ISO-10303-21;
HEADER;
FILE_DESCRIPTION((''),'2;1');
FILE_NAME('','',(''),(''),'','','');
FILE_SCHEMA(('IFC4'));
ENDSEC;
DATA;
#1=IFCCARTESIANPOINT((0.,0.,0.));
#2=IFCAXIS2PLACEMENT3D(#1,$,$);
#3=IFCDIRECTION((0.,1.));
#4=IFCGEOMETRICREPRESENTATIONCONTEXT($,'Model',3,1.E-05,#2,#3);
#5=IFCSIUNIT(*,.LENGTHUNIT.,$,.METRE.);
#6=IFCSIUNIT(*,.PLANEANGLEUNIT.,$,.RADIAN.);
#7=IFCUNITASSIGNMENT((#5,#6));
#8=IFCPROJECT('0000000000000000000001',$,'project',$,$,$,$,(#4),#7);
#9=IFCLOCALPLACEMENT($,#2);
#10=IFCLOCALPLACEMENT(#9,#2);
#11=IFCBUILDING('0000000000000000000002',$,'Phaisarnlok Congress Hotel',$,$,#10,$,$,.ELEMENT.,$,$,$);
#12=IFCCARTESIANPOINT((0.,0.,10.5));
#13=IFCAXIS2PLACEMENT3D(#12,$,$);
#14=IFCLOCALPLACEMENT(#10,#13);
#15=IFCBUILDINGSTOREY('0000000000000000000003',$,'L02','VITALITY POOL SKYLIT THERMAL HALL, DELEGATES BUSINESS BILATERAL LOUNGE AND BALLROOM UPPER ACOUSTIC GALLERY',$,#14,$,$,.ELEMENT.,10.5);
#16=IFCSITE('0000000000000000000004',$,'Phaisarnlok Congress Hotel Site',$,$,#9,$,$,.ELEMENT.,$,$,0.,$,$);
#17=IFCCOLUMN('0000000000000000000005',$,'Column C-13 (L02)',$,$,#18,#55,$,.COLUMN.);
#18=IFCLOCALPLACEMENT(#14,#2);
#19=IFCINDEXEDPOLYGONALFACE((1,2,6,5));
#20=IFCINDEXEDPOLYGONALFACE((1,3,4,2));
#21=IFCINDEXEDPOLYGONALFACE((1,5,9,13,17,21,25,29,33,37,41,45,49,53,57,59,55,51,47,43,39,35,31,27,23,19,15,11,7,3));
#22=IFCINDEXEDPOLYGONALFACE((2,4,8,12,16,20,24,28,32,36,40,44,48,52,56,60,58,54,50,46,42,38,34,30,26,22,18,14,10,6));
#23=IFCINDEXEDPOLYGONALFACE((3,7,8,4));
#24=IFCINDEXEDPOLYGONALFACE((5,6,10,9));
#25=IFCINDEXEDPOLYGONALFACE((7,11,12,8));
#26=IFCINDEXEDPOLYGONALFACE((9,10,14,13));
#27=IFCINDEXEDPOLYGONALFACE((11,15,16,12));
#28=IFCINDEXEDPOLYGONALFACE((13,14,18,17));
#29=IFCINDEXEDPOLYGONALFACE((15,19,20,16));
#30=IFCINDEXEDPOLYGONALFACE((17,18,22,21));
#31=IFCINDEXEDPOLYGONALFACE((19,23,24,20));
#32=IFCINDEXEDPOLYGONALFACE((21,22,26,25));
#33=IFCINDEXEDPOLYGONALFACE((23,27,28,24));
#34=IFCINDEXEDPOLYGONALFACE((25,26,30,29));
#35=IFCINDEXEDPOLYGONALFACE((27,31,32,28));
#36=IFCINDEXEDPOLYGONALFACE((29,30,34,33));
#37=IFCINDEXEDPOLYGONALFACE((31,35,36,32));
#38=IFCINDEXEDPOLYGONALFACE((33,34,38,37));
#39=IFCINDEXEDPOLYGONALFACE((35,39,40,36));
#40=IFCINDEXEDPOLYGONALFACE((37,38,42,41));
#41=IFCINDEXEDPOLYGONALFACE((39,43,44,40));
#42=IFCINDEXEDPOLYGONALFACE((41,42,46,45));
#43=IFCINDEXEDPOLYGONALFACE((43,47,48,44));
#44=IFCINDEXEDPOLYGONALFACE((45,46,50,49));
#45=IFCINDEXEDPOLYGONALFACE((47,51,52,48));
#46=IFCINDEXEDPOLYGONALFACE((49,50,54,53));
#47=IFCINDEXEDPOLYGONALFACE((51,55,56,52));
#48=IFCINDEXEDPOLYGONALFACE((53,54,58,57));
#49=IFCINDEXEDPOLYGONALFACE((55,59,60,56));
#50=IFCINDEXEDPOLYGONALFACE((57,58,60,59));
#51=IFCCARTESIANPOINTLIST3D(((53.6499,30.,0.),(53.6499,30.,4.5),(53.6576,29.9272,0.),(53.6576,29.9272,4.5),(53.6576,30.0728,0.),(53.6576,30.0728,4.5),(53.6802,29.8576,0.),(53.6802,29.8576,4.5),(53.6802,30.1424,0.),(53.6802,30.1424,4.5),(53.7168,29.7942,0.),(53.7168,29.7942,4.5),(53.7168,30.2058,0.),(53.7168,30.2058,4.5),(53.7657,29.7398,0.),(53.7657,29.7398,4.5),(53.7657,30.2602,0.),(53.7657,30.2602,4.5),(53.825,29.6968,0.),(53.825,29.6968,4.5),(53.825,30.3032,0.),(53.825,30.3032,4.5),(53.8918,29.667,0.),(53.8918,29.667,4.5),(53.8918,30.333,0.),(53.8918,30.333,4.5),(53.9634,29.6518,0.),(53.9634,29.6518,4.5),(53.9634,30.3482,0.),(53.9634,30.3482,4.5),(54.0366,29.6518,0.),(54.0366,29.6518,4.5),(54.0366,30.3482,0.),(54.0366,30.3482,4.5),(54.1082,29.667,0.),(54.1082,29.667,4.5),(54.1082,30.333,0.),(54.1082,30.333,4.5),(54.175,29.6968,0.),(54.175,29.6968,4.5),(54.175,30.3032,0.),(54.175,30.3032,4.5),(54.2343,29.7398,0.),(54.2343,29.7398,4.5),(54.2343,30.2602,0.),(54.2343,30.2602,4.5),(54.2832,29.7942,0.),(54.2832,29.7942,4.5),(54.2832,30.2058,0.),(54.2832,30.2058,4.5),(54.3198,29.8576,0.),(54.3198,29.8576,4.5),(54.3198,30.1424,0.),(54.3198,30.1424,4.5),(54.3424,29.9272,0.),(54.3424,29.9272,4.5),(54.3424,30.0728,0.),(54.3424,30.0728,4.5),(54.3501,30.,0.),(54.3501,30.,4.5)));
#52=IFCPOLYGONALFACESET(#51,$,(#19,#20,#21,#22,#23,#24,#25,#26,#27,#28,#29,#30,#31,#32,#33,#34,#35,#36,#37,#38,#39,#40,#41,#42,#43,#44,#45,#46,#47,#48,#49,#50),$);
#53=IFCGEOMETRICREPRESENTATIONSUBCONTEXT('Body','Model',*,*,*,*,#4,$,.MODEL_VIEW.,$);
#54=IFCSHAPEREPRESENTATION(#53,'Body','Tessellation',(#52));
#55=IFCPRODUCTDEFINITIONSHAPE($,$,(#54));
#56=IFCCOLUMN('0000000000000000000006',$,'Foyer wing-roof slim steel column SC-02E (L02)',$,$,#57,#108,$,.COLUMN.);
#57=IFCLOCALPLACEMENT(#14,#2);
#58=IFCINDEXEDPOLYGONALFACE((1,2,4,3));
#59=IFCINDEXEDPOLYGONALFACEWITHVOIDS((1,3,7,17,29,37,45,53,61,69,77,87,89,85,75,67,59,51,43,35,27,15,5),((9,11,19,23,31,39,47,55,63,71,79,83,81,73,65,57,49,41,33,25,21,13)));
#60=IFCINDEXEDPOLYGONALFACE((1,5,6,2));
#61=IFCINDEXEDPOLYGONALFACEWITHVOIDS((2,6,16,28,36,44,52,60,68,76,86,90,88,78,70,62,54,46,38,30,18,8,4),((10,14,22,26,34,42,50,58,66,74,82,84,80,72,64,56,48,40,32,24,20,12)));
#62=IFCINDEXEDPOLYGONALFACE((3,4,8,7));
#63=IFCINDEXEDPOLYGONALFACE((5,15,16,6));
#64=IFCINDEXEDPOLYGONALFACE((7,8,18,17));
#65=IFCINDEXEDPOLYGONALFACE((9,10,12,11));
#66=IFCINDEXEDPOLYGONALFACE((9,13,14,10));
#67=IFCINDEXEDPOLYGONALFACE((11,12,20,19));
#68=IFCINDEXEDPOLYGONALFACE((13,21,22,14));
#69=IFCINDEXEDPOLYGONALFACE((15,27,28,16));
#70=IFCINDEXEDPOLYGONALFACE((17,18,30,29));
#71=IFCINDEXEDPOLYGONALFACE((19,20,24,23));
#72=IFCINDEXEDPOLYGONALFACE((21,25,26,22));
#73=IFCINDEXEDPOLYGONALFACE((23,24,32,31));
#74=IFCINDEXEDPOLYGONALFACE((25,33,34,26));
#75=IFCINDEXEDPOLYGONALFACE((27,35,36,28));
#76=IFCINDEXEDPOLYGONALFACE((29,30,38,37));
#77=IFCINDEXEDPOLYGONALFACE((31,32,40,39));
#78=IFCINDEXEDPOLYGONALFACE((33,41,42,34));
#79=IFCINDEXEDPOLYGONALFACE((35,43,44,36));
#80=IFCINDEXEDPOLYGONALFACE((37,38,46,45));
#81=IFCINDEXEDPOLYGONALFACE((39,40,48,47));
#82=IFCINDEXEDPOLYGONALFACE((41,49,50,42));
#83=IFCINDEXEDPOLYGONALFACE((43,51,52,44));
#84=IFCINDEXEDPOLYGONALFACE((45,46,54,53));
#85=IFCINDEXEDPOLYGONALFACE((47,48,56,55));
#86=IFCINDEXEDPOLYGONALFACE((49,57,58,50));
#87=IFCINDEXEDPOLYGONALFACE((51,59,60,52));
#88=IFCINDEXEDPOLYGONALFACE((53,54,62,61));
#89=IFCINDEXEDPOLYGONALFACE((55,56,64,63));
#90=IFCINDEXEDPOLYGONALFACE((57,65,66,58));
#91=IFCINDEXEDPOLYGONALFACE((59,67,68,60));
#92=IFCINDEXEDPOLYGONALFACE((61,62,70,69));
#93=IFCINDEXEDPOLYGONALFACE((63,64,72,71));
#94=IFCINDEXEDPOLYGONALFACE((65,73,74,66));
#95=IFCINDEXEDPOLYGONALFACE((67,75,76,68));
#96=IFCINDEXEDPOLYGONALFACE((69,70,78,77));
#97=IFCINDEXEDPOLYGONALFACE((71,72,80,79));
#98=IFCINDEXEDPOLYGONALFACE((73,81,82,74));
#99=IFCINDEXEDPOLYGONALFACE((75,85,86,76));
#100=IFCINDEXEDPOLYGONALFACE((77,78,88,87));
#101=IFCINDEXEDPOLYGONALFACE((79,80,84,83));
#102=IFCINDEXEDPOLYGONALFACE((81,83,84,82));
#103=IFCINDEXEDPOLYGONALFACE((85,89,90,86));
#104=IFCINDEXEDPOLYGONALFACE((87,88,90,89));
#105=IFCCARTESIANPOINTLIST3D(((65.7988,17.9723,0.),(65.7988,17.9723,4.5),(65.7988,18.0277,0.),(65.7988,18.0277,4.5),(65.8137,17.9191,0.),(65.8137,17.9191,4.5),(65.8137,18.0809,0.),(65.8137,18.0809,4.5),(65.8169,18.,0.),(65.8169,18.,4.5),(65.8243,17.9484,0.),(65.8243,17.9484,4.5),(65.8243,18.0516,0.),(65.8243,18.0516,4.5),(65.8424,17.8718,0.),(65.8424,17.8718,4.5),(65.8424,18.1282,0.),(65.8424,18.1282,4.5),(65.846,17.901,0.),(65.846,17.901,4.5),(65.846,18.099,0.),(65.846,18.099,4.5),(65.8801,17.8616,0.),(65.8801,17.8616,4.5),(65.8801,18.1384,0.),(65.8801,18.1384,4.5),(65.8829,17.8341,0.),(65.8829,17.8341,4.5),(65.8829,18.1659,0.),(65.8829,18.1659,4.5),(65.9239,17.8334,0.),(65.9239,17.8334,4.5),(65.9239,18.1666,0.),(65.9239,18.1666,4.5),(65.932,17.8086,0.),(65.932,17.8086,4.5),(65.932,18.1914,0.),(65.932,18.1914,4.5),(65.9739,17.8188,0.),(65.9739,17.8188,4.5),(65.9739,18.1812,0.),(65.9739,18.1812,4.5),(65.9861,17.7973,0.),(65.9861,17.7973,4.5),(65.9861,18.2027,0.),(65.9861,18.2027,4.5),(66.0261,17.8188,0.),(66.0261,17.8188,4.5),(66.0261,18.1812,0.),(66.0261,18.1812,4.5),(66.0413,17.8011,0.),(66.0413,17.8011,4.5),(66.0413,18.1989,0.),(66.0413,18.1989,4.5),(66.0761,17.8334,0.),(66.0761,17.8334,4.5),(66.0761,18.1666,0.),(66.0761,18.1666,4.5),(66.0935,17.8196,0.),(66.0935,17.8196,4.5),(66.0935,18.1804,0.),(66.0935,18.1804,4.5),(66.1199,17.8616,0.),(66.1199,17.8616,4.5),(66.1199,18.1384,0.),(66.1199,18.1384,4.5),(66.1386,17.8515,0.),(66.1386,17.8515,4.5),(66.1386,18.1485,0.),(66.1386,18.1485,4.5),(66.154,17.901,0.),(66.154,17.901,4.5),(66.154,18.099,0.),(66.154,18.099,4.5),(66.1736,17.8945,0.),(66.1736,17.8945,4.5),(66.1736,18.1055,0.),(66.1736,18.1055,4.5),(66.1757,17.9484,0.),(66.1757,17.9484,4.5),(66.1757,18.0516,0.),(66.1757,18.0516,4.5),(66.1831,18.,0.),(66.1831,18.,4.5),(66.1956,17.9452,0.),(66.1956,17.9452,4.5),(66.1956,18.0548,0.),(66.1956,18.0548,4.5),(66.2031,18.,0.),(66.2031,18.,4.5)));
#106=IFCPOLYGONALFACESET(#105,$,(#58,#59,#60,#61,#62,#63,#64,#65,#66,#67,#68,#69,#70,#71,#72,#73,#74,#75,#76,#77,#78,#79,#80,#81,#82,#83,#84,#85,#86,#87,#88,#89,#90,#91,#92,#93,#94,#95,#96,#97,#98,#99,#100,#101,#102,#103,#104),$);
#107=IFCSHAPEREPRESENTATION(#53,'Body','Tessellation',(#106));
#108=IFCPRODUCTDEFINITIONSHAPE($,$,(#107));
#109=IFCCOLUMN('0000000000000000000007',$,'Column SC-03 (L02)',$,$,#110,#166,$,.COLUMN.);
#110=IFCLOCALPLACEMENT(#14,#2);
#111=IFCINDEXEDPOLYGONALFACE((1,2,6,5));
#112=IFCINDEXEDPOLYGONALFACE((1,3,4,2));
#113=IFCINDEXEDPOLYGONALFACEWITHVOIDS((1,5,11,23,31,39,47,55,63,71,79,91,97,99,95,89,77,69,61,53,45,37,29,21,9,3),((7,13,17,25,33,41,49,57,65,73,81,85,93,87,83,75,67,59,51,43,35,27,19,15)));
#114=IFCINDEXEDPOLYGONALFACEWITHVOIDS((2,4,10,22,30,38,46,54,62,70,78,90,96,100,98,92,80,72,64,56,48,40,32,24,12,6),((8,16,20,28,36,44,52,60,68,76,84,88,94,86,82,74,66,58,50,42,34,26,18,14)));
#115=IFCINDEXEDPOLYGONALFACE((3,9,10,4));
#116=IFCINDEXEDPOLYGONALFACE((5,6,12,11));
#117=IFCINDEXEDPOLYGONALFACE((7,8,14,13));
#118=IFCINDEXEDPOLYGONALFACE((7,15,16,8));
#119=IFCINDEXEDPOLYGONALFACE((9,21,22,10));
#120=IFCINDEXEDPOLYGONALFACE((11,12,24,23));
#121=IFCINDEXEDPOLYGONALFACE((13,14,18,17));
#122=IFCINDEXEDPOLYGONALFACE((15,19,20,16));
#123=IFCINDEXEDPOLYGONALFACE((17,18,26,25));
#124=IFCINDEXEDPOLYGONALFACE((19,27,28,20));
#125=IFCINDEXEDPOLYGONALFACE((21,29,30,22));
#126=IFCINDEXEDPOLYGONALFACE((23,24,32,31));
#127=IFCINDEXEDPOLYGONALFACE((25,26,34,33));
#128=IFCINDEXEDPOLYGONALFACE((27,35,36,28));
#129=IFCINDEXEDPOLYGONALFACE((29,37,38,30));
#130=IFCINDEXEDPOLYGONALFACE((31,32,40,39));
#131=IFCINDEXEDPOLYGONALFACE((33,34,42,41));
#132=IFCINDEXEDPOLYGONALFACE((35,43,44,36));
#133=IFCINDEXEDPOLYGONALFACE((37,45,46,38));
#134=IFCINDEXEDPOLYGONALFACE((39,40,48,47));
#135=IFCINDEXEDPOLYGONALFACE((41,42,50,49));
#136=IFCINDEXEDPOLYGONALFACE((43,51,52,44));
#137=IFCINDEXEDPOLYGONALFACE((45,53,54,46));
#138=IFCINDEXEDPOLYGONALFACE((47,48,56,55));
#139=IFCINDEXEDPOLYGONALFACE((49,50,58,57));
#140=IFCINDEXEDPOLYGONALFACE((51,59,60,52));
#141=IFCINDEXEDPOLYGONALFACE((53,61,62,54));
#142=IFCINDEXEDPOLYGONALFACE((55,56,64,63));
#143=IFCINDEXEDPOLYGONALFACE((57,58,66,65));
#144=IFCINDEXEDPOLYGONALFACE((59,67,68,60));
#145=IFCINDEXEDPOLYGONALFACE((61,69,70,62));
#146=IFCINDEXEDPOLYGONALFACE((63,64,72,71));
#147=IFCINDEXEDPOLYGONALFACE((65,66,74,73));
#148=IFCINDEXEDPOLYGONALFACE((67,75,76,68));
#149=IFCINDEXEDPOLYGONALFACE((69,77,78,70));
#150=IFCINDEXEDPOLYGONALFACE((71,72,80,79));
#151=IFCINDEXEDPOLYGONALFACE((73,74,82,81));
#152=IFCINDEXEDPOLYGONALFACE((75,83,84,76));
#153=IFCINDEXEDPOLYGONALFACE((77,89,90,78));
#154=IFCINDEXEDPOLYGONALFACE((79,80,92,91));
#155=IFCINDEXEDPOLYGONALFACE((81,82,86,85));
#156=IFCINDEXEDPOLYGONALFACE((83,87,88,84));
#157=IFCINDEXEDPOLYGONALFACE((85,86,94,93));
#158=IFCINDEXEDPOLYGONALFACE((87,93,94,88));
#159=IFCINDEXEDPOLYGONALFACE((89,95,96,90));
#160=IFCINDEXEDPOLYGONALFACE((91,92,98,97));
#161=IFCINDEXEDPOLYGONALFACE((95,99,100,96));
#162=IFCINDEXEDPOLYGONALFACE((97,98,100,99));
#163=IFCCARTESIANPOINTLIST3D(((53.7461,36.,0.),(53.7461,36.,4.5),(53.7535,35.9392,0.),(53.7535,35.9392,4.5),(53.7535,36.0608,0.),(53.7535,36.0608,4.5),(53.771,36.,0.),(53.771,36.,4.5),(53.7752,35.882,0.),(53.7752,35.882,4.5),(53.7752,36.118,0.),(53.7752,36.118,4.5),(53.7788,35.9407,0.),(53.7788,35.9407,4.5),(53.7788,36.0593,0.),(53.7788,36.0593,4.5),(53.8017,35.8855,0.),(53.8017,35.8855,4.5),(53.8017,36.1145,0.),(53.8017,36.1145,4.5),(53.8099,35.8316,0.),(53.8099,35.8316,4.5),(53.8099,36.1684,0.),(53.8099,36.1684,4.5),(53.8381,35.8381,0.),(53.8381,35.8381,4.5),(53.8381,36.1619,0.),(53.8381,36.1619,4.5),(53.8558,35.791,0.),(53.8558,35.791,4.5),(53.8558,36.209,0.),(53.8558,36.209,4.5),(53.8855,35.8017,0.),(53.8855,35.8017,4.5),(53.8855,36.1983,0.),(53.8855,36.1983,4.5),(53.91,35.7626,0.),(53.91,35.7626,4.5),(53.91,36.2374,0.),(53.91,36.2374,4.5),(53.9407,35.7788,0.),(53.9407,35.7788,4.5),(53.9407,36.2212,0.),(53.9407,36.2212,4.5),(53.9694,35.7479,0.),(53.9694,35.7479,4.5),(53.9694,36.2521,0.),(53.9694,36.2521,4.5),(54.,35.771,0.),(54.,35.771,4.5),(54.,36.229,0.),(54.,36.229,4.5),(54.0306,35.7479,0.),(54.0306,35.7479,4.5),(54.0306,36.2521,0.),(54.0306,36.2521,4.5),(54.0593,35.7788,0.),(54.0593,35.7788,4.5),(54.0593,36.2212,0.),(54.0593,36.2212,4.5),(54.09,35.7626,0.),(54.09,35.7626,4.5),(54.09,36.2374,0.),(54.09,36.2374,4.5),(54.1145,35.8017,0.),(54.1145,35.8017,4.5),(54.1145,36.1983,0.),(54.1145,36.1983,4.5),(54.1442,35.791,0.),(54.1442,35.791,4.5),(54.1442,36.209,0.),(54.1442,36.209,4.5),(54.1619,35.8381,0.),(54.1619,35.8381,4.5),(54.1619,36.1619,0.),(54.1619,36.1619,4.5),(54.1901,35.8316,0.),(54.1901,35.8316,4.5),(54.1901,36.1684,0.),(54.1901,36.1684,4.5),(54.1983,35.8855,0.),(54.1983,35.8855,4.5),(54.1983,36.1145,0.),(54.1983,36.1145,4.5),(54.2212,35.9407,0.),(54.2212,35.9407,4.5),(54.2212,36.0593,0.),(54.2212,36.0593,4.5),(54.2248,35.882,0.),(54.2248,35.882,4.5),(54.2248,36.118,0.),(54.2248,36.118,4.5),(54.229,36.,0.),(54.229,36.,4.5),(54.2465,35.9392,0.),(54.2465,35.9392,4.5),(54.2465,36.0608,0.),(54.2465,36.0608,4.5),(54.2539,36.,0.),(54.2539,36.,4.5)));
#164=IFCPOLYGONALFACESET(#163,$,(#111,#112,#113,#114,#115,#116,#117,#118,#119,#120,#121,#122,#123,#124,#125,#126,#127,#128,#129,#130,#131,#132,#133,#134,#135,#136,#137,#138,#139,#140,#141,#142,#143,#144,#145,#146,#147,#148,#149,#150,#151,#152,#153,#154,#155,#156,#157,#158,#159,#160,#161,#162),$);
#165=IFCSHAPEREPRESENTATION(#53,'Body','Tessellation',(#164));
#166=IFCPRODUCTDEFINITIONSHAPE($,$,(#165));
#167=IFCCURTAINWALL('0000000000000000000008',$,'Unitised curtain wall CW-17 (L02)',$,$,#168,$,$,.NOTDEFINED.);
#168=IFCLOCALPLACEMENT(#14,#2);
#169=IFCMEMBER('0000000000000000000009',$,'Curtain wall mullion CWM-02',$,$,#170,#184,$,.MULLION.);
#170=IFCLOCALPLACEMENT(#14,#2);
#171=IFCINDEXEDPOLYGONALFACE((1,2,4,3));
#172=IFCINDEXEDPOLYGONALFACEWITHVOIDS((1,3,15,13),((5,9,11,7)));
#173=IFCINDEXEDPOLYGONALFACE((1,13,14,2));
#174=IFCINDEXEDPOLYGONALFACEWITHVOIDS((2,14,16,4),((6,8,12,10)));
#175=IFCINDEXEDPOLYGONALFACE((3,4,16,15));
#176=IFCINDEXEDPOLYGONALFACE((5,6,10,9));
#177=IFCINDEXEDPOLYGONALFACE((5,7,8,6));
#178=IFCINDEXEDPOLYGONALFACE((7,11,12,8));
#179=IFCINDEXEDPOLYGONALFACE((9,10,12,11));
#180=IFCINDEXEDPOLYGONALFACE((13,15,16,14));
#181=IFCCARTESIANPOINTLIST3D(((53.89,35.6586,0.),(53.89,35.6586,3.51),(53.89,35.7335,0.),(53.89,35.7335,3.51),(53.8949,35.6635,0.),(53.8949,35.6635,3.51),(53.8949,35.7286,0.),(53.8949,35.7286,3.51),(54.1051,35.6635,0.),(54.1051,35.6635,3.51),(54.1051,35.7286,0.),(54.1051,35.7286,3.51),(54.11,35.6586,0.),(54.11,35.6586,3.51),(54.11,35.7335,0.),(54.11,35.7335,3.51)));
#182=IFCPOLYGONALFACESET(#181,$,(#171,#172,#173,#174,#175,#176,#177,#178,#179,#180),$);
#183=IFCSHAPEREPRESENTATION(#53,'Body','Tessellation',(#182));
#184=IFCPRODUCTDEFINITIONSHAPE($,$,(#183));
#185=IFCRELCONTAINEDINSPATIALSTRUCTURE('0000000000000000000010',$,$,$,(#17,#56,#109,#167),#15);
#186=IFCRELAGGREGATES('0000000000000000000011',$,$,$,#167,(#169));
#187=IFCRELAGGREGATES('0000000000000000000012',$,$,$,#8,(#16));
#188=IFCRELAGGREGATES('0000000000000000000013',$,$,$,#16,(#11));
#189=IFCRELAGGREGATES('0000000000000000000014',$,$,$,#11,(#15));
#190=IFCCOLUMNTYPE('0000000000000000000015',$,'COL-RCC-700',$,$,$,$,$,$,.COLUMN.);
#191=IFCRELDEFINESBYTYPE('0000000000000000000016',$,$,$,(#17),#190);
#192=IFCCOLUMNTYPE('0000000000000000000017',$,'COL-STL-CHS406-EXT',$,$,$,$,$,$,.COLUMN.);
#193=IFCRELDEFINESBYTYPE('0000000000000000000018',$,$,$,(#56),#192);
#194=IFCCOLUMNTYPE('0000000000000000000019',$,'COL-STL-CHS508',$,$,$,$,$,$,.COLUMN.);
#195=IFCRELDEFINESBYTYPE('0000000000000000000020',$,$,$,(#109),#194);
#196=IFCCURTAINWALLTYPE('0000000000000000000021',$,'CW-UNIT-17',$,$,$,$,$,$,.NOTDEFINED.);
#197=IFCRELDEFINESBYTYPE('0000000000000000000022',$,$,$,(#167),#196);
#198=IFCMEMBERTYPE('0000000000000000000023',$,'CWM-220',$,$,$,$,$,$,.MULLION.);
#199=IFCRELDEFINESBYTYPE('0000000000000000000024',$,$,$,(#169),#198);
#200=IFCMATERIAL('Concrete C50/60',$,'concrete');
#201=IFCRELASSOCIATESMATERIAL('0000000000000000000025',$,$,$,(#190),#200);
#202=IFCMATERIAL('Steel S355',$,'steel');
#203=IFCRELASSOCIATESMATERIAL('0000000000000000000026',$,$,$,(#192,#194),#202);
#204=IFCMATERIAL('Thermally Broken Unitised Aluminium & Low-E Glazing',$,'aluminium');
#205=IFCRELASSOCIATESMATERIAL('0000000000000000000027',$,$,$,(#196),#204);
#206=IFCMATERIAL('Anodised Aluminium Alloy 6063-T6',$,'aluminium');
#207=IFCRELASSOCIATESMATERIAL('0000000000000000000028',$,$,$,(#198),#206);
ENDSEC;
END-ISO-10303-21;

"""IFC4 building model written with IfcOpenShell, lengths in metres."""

from ifc_helpers import new_model, si_unit, direction, frame, origin, origin_2d, place, context, subcontext, project, spatial, hollow_rectangle, circle, hollow_circle, extrude, material, material_profile, profile_set, type_object, element, aggregate, save


model = new_model("IFC4")

# Units and contexts
model_context = context("Model", 3, precision=1e-05, world=origin(), true_north=direction((0.0, 1.0)))
body_context = subcontext(model_context, "Body", "Model", "MODEL_VIEW")
ifc_project = project(units=[si_unit("LENGTHUNIT", "METRE"), si_unit("PLANEANGLEUNIT", "RADIAN")], contexts=[model_context])

# Site, building, storey
site_placement = place(None, origin())
site = spatial("IfcSite", under=ifc_project, at=site_placement, Name="Phaisarnlok Congress Hotel Site", CompositionType="ELEMENT", RefElevation=0.0)
building_placement = place(site_placement, origin())
building = spatial("IfcBuilding", under=site, at=building_placement, Name="Phaisarnlok Congress Hotel", CompositionType="ELEMENT")
storey_placement = place(building_placement, frame((0.0, 0.0, 10.5)))
storey = spatial("IfcBuildingStorey", under=building, at=storey_placement, Name="L02", Description="VITALITY POOL SKYLIT THERMAL HALL, DELEGATES BUSINESS BILATERAL LOUNGE AND BALLROOM UPPER ACOUSTIC GALLERY", CompositionType="ELEMENT", Elevation=10.5)

# Columns
ifc_material_1 = material(Name="Concrete C50/60", Category="concrete")
ifc_material_profile_1 = material_profile(ifc_material_1, circle(Radius=0.3501, at=origin_2d()), Name="RCC D700")
ifc_profile_set_1 = profile_set([ifc_material_profile_1], Name="Concrete C50/60")
column_type_1 = type_object("IfcColumnType", Name="COL-RCC-700", PredefinedType="COLUMN", material=ifc_profile_set_1)
column_1_placement = place(storey_placement, frame((54.0, 30.0, 0.0), z_axis=(0.0, 0.0, 1.0), x_axis=(1.0, 0.0, 0.0)))
element("IfcColumn", 1, at=column_1_placement, inside=storey, type_object=column_type_1, Name="Column C-13 (L02)", PredefinedType="COLUMN", context=body_context, shape_type="SweptSolid", body=[
    extrude(circle(Radius=0.3501, at=origin_2d()), origin(), (0.0, 0.0, 1.0), 4.5),
])
ifc_material_2 = material(Name="Steel S355", Category="steel")
ifc_material_profile_2 = material_profile(ifc_material_2, hollow_circle(Radius=0.2031, WallThickness=0.02, at=origin_2d()), Name="CHS 406.4x20")
ifc_profile_set_2 = profile_set([ifc_material_profile_2], Name="Steel S355")
column_type_2 = type_object("IfcColumnType", Name="COL-STL-CHS406-EXT", PredefinedType="COLUMN", material=ifc_profile_set_2)
column_2_placement = place(storey_placement, frame((66.0, 18.0, 0.0), z_axis=(0.0, 0.0, 1.0), x_axis=(1.0, 0.0, 0.0)))
element("IfcColumn", 2, at=column_2_placement, inside=storey, type_object=column_type_2, Name="Foyer wing-roof slim steel column SC-02E (L02)", PredefinedType="COLUMN", context=body_context, shape_type="SweptSolid", body=[
    extrude(hollow_circle(Radius=0.2031, WallThickness=0.02, at=origin_2d()), origin(), (0.0, 0.0, 1.0), 4.5),
])
ifc_material_profile_3 = material_profile(ifc_material_2, hollow_circle(Radius=0.2539, WallThickness=0.0249, at=origin_2d()), Name="CHS 508x25")
ifc_profile_set_3 = profile_set([ifc_material_profile_3], Name="Steel S355")
column_type_3 = type_object("IfcColumnType", Name="COL-STL-CHS508", PredefinedType="COLUMN", material=ifc_profile_set_3)
column_3_placement = place(storey_placement, frame((54.0, 36.0, 0.0), z_axis=(0.0, 0.0, 1.0), x_axis=(1.0, 0.0, 0.0)))
element("IfcColumn", 3, at=column_3_placement, inside=storey, type_object=column_type_3, Name="Column SC-03 (L02)", PredefinedType="COLUMN", context=body_context, shape_type="SweptSolid", body=[
    extrude(hollow_circle(Radius=0.2539, WallThickness=0.0249, at=origin_2d()), origin(), (0.0, 0.0, 1.0), 4.5),
])

# Curtain wall, member
ifc_material_3 = material(Name="Thermally Broken Unitised Aluminium & Low-E Glazing", Category="aluminium")
curtain_wall_type = type_object("IfcCurtainWallType", Name="CW-UNIT-17", PredefinedType="NOTDEFINED", material=ifc_material_3)
curtain_wall_placement = place(storey_placement, origin())
curtain_wall = element("IfcCurtainWall", 4, at=curtain_wall_placement, inside=storey, type_object=curtain_wall_type, Name="Unitised curtain wall CW-17 (L02)", PredefinedType="NOTDEFINED")
ifc_material_4 = material(Name="Anodised Aluminium Alloy 6063-T6", Category="aluminium")
ifc_material_profile_4 = material_profile(ifc_material_4, hollow_rectangle(XDim=0.075, YDim=0.22, WallThickness=0.0049, at=origin_2d()), Name="ALU-M 75x220x5")
ifc_profile_set_4 = profile_set([ifc_material_profile_4], Name="Anodised Aluminium Alloy 6063-T6")
member_type_1 = type_object("IfcMemberType", Name="CWM-220", PredefinedType="MULLION", material=ifc_profile_set_4)
member_1_placement = place(storey_placement, frame((54.0, 35.696, 0.0), z_axis=(0.0, 0.0, 1.0), x_axis=(0.0, -1.0, 0.0)))
member_1 = element("IfcMember", 5, at=member_1_placement, type_object=member_type_1, Name="Curtain wall mullion CWM-02", PredefinedType="MULLION", context=body_context, shape_type="SweptSolid", body=[
    extrude(hollow_rectangle(XDim=0.075, YDim=0.22, WallThickness=0.0049, at=origin_2d()), origin(), (0.0, 0.0, 1.0), 3.51),
])

aggregate(curtain_wall, [member_1])

save(model, "model.ifc")
